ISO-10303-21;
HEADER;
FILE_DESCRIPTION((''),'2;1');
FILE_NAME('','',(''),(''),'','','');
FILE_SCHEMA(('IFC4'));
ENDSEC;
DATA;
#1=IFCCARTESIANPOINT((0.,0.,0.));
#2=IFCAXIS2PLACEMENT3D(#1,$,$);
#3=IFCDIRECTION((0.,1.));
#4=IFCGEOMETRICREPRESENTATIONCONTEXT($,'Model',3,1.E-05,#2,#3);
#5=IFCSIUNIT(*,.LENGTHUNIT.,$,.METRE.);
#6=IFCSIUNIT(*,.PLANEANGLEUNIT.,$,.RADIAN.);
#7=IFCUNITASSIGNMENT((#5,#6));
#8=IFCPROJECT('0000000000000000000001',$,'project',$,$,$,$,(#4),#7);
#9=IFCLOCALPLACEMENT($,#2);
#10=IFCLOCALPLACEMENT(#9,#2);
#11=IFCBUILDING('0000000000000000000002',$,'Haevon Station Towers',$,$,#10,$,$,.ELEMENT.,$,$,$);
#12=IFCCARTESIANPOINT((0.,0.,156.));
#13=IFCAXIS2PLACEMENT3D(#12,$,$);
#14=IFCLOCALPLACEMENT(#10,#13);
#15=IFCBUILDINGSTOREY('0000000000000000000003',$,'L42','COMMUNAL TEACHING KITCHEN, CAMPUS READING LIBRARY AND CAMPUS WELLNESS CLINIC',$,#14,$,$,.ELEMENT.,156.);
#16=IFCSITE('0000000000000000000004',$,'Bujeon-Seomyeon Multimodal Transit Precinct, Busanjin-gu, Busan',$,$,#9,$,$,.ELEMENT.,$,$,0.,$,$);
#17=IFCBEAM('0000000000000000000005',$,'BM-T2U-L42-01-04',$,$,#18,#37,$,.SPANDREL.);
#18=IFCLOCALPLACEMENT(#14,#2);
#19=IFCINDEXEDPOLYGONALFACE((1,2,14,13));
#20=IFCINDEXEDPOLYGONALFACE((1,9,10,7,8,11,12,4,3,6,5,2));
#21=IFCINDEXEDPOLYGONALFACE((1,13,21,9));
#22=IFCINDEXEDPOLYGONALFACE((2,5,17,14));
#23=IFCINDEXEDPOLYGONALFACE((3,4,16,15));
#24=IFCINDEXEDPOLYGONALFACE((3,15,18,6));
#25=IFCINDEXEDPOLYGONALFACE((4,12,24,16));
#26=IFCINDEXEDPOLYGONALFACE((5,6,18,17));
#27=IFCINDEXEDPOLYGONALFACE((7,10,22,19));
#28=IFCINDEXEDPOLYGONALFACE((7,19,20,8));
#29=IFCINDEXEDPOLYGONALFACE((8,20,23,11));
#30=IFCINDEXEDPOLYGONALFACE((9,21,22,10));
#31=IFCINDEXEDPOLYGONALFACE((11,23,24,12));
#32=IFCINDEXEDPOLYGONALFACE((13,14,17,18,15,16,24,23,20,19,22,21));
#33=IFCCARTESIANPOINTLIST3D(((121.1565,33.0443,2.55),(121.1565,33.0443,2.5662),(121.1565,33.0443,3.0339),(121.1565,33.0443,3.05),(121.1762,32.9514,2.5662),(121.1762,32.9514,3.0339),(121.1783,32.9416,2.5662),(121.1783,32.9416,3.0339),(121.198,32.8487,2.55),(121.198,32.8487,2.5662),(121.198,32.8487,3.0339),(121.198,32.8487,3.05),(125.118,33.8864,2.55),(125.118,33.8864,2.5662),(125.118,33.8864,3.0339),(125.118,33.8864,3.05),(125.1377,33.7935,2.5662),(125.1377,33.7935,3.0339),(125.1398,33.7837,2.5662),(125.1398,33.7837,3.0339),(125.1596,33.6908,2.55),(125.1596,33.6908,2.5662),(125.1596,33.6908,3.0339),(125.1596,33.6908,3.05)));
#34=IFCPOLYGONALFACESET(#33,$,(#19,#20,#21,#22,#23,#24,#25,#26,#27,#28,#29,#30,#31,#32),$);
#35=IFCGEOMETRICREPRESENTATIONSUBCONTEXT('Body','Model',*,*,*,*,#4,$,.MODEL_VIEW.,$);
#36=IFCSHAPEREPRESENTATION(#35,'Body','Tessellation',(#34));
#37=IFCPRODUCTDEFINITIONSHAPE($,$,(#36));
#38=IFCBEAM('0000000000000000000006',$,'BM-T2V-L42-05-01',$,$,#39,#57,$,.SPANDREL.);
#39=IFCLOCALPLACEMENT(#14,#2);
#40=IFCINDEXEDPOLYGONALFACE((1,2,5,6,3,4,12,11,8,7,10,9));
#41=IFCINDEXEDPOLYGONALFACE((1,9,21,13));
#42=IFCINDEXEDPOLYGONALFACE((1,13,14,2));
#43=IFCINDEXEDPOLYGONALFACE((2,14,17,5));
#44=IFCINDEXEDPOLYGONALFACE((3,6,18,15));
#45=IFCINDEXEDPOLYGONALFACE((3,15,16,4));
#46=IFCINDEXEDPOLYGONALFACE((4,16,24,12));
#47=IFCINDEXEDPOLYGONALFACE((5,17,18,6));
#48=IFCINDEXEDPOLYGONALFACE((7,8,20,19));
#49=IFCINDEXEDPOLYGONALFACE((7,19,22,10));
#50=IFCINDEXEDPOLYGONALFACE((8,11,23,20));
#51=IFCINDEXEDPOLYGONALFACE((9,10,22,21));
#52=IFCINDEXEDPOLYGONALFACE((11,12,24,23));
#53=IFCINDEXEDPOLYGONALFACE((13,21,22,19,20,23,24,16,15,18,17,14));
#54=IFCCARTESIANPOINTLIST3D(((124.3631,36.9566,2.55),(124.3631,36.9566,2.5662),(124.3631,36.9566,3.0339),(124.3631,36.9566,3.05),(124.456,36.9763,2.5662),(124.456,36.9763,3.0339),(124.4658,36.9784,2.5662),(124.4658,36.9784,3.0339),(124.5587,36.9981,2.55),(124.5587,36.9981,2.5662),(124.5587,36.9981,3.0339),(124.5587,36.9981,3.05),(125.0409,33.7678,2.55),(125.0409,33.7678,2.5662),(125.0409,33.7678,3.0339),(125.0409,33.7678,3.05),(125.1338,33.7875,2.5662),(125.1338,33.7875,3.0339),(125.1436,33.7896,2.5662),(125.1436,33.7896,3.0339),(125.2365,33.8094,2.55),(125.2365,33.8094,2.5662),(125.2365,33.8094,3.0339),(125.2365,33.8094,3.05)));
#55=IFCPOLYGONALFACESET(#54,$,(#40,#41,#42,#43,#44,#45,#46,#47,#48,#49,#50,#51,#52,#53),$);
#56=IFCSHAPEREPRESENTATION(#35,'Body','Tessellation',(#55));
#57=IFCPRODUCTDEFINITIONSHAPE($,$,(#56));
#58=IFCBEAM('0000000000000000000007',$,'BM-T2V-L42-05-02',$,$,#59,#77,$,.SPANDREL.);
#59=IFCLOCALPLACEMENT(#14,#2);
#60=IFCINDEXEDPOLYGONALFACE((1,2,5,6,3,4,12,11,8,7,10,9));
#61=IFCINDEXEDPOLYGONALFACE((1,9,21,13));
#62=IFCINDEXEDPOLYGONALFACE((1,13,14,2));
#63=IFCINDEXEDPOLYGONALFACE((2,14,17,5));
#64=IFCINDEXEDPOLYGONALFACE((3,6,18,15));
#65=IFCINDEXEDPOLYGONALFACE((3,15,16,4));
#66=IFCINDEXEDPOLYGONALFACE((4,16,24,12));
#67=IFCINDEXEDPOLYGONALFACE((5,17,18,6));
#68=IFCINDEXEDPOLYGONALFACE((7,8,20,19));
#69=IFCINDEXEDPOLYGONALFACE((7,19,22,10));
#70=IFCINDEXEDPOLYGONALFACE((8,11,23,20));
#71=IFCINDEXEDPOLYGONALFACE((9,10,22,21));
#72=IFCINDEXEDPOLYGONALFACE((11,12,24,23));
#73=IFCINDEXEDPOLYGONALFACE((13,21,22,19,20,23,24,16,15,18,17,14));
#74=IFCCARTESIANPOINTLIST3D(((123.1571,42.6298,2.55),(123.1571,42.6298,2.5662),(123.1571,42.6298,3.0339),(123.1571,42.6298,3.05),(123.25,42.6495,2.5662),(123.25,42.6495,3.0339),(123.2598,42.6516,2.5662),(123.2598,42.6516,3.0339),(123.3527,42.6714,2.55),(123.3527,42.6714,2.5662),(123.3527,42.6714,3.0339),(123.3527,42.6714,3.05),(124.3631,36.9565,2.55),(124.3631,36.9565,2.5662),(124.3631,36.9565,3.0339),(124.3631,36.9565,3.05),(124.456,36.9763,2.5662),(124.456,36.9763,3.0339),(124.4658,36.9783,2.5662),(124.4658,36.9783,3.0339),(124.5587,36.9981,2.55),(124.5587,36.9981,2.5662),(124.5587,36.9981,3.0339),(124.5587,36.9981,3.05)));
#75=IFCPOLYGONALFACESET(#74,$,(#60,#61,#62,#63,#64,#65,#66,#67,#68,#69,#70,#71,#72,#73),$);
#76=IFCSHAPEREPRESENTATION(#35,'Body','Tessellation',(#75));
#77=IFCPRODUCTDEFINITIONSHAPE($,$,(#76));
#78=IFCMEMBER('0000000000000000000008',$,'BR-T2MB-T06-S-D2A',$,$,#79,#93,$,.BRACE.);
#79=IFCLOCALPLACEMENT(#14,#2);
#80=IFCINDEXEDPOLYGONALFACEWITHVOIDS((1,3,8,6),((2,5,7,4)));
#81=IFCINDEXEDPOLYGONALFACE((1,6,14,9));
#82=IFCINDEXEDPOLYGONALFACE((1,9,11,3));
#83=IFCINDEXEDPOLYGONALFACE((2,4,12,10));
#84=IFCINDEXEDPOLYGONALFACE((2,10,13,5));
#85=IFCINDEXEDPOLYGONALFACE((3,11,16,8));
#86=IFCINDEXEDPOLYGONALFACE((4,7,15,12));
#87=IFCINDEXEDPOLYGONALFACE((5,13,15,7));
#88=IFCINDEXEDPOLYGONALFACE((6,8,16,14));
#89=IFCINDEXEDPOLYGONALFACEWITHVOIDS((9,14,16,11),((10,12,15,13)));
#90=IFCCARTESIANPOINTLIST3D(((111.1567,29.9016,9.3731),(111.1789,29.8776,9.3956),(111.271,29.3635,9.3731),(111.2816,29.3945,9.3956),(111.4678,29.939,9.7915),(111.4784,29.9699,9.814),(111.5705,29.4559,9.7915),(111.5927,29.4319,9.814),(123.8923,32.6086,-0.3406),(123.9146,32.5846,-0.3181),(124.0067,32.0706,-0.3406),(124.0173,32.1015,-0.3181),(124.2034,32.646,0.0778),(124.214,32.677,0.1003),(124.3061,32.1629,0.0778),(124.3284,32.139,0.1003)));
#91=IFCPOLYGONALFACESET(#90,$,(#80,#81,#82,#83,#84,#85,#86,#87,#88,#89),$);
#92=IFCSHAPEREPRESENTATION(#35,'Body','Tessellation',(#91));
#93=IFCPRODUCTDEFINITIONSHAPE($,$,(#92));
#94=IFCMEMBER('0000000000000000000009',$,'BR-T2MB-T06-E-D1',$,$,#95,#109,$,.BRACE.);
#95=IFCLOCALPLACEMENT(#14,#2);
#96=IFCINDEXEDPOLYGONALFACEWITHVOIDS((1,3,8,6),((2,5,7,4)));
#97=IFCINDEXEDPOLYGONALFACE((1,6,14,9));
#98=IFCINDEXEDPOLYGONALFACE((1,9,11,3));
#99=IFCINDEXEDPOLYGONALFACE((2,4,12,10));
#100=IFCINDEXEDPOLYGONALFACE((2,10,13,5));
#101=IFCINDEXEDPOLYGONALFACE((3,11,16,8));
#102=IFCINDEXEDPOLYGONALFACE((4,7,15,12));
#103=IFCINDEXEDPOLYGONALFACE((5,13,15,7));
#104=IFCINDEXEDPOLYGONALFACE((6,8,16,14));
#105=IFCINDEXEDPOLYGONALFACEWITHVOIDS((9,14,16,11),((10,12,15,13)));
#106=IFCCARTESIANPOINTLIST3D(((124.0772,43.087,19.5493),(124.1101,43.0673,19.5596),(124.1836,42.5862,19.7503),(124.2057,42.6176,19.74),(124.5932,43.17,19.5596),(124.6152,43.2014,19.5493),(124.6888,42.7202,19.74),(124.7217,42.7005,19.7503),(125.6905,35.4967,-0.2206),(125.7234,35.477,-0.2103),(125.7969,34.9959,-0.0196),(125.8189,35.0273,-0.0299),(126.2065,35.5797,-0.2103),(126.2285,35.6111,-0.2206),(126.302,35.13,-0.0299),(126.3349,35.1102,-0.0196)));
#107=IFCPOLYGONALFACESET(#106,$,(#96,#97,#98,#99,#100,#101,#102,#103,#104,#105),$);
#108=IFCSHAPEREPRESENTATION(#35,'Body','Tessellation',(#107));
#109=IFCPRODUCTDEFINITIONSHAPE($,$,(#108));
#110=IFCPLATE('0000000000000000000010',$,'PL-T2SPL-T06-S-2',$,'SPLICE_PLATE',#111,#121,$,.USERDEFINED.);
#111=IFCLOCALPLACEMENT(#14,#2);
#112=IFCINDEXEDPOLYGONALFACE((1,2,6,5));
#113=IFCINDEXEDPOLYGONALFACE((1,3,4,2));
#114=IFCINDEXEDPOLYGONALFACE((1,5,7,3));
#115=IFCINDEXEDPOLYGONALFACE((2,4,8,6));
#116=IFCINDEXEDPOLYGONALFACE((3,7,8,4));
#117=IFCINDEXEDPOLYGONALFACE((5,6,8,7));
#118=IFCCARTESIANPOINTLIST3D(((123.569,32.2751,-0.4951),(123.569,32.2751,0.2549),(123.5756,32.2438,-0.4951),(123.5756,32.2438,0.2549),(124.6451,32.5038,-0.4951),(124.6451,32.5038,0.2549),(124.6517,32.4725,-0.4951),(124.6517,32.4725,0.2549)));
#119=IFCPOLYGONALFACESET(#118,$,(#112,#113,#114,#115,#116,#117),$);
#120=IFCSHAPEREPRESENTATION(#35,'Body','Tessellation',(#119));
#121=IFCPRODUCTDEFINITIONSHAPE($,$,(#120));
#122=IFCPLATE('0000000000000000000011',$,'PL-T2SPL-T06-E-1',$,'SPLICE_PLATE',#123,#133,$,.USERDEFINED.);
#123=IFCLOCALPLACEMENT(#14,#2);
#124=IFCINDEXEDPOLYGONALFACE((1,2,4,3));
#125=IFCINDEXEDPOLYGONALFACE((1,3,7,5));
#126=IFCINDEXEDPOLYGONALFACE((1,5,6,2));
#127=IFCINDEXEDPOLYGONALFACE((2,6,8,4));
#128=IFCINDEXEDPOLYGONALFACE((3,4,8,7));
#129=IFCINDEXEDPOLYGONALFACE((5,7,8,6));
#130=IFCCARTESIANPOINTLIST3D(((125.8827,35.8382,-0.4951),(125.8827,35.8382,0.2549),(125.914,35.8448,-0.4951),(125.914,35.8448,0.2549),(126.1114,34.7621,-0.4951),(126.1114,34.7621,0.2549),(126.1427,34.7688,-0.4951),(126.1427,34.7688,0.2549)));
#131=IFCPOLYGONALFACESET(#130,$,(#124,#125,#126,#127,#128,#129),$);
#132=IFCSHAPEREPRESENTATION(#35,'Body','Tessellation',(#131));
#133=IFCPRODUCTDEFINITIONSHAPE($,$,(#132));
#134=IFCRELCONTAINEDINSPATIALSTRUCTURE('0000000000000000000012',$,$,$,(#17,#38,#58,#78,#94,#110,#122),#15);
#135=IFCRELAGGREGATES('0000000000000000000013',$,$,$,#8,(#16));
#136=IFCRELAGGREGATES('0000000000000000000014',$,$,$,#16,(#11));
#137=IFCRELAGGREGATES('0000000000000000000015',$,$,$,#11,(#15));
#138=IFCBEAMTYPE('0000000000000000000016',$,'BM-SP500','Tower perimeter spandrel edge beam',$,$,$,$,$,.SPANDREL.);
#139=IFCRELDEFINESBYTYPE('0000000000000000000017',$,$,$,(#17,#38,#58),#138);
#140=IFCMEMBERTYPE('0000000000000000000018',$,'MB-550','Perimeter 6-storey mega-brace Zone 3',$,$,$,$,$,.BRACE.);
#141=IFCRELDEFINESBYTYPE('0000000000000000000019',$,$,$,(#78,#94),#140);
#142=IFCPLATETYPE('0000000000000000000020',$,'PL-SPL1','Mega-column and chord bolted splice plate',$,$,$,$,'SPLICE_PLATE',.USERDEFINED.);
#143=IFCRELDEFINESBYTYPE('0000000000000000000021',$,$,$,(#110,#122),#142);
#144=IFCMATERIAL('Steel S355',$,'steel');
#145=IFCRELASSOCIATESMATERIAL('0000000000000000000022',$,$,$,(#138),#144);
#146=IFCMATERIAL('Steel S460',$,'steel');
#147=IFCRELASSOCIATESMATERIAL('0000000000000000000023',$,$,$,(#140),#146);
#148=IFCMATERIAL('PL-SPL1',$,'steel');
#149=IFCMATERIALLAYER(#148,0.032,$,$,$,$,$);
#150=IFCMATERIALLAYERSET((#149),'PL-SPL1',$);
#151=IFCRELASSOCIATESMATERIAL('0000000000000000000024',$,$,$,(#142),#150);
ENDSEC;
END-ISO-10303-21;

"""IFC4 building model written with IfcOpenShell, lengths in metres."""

from ifc_helpers import new_model, si_unit, direction, frame, origin, origin_2d, place, context, subcontext, project, spatial, rectangle, hollow_rectangle, i_section, extrude, material, layer, layer_set, material_profile, profile_set, type_object, element, save


model = new_model("IFC4")

# Units and contexts
model_context = context("Model", 3, precision=1e-05, world=origin(), true_north=direction((0.0, 1.0)))
body_context = subcontext(model_context, "Body", "Model", "MODEL_VIEW")
ifc_project = project(units=[si_unit("LENGTHUNIT", "METRE"), si_unit("PLANEANGLEUNIT", "RADIAN")], contexts=[model_context])

# Site, building, storey
site_placement = place(None, origin())
site = spatial("IfcSite", under=ifc_project, at=site_placement, Name="Bujeon-Seomyeon Multimodal Transit Precinct, Busanjin-gu, Busan", CompositionType="ELEMENT", RefElevation=0.0)
building_placement = place(site_placement, origin())
building = spatial("IfcBuilding", under=site, at=building_placement, Name="Haevon Station Towers", CompositionType="ELEMENT")
storey_placement = place(building_placement, frame((0.0, 0.0, 156.0)))
storey = spatial("IfcBuildingStorey", under=building, at=storey_placement, Name="L42", Description="COMMUNAL TEACHING KITCHEN, CAMPUS READING LIBRARY AND CAMPUS WELLNESS CLINIC", CompositionType="ELEMENT", Elevation=156.0)

# Shared definitions
ifc_material_1 = material(Name="Steel S460", Category="steel")
ifc_material_2 = material(Name="Steel S355", Category="steel")

# Beams
ifc_material_profile_1 = material_profile(ifc_material_2, i_section(OverallWidth=0.2, OverallDepth=0.5, WebThickness=0.01, FlangeThickness=0.0161, at=origin_2d()), Name="H-500x200x10x16")
ifc_profile_set_1 = profile_set([ifc_material_profile_1], Name="Steel S355")
beam_type_1 = type_object("IfcBeamType", Name="BM-SP500", Description="Tower perimeter spandrel edge beam", PredefinedType="SPANDREL", material=ifc_profile_set_1)
beam_1_placement = place(storey_placement, frame((121.1772, 32.9465, 2.8), z_axis=(0.978147, 0.207915, 0.0), x_axis=(-0.207915, 0.978147, 0.0)))
element("IfcBeam", 1, at=beam_1_placement, inside=storey, type_object=beam_type_1, Name="BM-T2U-L42-01-04", PredefinedType="SPANDREL", context=body_context, shape_type="SweptSolid", body=[
    extrude(i_section(OverallWidth=0.2, OverallDepth=0.5, WebThickness=0.01, FlangeThickness=0.0161, at=origin_2d()), origin(), (0.0, 0.0, 1.0), 4.05),
])
beam_2_placement = place(storey_placement, frame((125.1387, 33.7886, 2.8), z_axis=(-0.207897, 0.978151, 0.0), x_axis=(-0.978151, -0.207897, 0.0)))
element("IfcBeam", 2, at=beam_2_placement, inside=storey, type_object=beam_type_1, Name="BM-T2V-L42-05-01", PredefinedType="SPANDREL", context=body_context, shape_type="SweptSolid", body=[
    extrude(i_section(OverallWidth=0.2, OverallDepth=0.5, WebThickness=0.01, FlangeThickness=0.0161, at=origin_2d()), origin(), (0.0, 0.0, 1.0), 3.26),
])
beam_3_placement = place(storey_placement, frame((124.4609, 36.9773, 2.8), z_axis=(-0.207936, 0.978142, 0.0), x_axis=(-0.978142, -0.207936, 0.0)))
element("IfcBeam", 3, at=beam_3_placement, inside=storey, type_object=beam_type_1, Name="BM-T2V-L42-05-02", PredefinedType="SPANDREL", context=body_context, shape_type="SweptSolid", body=[
    extrude(i_section(OverallWidth=0.2, OverallDepth=0.5, WebThickness=0.01, FlangeThickness=0.0161, at=origin_2d()), origin(), (0.0, 0.0, 1.0), 5.8),
])

# Members
ifc_material_profile_2 = material_profile(ifc_material_1, hollow_rectangle(XDim=0.55, YDim=0.55, WallThickness=0.0281, at=origin_2d()), Name="RHS-550x550x28")
ifc_profile_set_2 = profile_set([ifc_material_profile_2], Name="Steel S460")
member_type = type_object("IfcMemberType", Name="MB-550", Description="Perimeter 6-storey mega-brace Zone 3", PredefinedType="BRACE", material=ifc_profile_set_2)
member_1_placement = place(storey_placement, frame((124.1104, 32.3738, -0.1201), z_axis=(-0.784003, -0.166645, 0.59797), x_axis=(0.207911, -0.978148, 0.0)))
element("IfcMember", 4, at=member_1_placement, inside=storey, type_object=member_type, Name="BR-T2MB-T06-S-D2A", PredefinedType="BRACE", context=body_context, shape_type="SweptSolid", body=[
    extrude(hollow_rectangle(XDim=0.55, YDim=0.55, WallThickness=0.0281, at=origin_2d()), origin(), (0.0, 0.0, 1.0), 16.2444),
])
member_2_placement = place(storey_placement, frame((126.0127, 35.3035, -0.1201), z_axis=(-0.075961, 0.357387, 0.930862), x_axis=(-0.97815, -0.2079, 0.0)))
element("IfcMember", 5, at=member_2_placement, inside=storey, type_object=member_type, Name="BR-T2MB-T06-E-D1", PredefinedType="BRACE", context=body_context, shape_type="SweptSolid", body=[
    extrude(hollow_rectangle(XDim=0.55, YDim=0.55, WallThickness=0.0281, at=origin_2d()), origin(), (0.0, 0.0, 1.0), 21.2383),
])

# Plates
ifc_material_3 = material(Name="PL-SPL1", Category="steel")
ifc_layer_1 = layer(ifc_material_3, 0.032)
ifc_layer_set_1 = layer_set([ifc_layer_1], Name="PL-SPL1")
plate_type = type_object("IfcPlateType", Name="PL-SPL1", Description="Mega-column and chord bolted splice plate", ElementType="SPLICE_PLATE", PredefinedType="USERDEFINED", material=ifc_layer_set_1)
for number, where, z_axis, x_axis, name in (
    (6, (124.1104, 32.3738, -0.4951), (0.0, 0.0, 1.0), (0.978148, 0.207912, 0.0), "PL-T2SPL-T06-S-2"),
    (7, (126.0127, 35.3035, -0.4951), (0.0, 0.0, 1.0), (-0.207912, 0.978148, 0.0), "PL-T2SPL-T06-E-1"),
):
    element("IfcPlate", number, at=place(storey_placement, frame(where, z_axis=z_axis, x_axis=x_axis)), inside=storey, type_object=plate_type, Name=name, ObjectType="SPLICE_PLATE", PredefinedType="USERDEFINED", context=body_context, shape_type="SweptSolid", body=[
        extrude(rectangle(XDim=1.1001, YDim=0.032, at=origin_2d()), origin(), (0.0, 0.0, 1.0), 0.75),
    ])

save(model, "model.ifc")
